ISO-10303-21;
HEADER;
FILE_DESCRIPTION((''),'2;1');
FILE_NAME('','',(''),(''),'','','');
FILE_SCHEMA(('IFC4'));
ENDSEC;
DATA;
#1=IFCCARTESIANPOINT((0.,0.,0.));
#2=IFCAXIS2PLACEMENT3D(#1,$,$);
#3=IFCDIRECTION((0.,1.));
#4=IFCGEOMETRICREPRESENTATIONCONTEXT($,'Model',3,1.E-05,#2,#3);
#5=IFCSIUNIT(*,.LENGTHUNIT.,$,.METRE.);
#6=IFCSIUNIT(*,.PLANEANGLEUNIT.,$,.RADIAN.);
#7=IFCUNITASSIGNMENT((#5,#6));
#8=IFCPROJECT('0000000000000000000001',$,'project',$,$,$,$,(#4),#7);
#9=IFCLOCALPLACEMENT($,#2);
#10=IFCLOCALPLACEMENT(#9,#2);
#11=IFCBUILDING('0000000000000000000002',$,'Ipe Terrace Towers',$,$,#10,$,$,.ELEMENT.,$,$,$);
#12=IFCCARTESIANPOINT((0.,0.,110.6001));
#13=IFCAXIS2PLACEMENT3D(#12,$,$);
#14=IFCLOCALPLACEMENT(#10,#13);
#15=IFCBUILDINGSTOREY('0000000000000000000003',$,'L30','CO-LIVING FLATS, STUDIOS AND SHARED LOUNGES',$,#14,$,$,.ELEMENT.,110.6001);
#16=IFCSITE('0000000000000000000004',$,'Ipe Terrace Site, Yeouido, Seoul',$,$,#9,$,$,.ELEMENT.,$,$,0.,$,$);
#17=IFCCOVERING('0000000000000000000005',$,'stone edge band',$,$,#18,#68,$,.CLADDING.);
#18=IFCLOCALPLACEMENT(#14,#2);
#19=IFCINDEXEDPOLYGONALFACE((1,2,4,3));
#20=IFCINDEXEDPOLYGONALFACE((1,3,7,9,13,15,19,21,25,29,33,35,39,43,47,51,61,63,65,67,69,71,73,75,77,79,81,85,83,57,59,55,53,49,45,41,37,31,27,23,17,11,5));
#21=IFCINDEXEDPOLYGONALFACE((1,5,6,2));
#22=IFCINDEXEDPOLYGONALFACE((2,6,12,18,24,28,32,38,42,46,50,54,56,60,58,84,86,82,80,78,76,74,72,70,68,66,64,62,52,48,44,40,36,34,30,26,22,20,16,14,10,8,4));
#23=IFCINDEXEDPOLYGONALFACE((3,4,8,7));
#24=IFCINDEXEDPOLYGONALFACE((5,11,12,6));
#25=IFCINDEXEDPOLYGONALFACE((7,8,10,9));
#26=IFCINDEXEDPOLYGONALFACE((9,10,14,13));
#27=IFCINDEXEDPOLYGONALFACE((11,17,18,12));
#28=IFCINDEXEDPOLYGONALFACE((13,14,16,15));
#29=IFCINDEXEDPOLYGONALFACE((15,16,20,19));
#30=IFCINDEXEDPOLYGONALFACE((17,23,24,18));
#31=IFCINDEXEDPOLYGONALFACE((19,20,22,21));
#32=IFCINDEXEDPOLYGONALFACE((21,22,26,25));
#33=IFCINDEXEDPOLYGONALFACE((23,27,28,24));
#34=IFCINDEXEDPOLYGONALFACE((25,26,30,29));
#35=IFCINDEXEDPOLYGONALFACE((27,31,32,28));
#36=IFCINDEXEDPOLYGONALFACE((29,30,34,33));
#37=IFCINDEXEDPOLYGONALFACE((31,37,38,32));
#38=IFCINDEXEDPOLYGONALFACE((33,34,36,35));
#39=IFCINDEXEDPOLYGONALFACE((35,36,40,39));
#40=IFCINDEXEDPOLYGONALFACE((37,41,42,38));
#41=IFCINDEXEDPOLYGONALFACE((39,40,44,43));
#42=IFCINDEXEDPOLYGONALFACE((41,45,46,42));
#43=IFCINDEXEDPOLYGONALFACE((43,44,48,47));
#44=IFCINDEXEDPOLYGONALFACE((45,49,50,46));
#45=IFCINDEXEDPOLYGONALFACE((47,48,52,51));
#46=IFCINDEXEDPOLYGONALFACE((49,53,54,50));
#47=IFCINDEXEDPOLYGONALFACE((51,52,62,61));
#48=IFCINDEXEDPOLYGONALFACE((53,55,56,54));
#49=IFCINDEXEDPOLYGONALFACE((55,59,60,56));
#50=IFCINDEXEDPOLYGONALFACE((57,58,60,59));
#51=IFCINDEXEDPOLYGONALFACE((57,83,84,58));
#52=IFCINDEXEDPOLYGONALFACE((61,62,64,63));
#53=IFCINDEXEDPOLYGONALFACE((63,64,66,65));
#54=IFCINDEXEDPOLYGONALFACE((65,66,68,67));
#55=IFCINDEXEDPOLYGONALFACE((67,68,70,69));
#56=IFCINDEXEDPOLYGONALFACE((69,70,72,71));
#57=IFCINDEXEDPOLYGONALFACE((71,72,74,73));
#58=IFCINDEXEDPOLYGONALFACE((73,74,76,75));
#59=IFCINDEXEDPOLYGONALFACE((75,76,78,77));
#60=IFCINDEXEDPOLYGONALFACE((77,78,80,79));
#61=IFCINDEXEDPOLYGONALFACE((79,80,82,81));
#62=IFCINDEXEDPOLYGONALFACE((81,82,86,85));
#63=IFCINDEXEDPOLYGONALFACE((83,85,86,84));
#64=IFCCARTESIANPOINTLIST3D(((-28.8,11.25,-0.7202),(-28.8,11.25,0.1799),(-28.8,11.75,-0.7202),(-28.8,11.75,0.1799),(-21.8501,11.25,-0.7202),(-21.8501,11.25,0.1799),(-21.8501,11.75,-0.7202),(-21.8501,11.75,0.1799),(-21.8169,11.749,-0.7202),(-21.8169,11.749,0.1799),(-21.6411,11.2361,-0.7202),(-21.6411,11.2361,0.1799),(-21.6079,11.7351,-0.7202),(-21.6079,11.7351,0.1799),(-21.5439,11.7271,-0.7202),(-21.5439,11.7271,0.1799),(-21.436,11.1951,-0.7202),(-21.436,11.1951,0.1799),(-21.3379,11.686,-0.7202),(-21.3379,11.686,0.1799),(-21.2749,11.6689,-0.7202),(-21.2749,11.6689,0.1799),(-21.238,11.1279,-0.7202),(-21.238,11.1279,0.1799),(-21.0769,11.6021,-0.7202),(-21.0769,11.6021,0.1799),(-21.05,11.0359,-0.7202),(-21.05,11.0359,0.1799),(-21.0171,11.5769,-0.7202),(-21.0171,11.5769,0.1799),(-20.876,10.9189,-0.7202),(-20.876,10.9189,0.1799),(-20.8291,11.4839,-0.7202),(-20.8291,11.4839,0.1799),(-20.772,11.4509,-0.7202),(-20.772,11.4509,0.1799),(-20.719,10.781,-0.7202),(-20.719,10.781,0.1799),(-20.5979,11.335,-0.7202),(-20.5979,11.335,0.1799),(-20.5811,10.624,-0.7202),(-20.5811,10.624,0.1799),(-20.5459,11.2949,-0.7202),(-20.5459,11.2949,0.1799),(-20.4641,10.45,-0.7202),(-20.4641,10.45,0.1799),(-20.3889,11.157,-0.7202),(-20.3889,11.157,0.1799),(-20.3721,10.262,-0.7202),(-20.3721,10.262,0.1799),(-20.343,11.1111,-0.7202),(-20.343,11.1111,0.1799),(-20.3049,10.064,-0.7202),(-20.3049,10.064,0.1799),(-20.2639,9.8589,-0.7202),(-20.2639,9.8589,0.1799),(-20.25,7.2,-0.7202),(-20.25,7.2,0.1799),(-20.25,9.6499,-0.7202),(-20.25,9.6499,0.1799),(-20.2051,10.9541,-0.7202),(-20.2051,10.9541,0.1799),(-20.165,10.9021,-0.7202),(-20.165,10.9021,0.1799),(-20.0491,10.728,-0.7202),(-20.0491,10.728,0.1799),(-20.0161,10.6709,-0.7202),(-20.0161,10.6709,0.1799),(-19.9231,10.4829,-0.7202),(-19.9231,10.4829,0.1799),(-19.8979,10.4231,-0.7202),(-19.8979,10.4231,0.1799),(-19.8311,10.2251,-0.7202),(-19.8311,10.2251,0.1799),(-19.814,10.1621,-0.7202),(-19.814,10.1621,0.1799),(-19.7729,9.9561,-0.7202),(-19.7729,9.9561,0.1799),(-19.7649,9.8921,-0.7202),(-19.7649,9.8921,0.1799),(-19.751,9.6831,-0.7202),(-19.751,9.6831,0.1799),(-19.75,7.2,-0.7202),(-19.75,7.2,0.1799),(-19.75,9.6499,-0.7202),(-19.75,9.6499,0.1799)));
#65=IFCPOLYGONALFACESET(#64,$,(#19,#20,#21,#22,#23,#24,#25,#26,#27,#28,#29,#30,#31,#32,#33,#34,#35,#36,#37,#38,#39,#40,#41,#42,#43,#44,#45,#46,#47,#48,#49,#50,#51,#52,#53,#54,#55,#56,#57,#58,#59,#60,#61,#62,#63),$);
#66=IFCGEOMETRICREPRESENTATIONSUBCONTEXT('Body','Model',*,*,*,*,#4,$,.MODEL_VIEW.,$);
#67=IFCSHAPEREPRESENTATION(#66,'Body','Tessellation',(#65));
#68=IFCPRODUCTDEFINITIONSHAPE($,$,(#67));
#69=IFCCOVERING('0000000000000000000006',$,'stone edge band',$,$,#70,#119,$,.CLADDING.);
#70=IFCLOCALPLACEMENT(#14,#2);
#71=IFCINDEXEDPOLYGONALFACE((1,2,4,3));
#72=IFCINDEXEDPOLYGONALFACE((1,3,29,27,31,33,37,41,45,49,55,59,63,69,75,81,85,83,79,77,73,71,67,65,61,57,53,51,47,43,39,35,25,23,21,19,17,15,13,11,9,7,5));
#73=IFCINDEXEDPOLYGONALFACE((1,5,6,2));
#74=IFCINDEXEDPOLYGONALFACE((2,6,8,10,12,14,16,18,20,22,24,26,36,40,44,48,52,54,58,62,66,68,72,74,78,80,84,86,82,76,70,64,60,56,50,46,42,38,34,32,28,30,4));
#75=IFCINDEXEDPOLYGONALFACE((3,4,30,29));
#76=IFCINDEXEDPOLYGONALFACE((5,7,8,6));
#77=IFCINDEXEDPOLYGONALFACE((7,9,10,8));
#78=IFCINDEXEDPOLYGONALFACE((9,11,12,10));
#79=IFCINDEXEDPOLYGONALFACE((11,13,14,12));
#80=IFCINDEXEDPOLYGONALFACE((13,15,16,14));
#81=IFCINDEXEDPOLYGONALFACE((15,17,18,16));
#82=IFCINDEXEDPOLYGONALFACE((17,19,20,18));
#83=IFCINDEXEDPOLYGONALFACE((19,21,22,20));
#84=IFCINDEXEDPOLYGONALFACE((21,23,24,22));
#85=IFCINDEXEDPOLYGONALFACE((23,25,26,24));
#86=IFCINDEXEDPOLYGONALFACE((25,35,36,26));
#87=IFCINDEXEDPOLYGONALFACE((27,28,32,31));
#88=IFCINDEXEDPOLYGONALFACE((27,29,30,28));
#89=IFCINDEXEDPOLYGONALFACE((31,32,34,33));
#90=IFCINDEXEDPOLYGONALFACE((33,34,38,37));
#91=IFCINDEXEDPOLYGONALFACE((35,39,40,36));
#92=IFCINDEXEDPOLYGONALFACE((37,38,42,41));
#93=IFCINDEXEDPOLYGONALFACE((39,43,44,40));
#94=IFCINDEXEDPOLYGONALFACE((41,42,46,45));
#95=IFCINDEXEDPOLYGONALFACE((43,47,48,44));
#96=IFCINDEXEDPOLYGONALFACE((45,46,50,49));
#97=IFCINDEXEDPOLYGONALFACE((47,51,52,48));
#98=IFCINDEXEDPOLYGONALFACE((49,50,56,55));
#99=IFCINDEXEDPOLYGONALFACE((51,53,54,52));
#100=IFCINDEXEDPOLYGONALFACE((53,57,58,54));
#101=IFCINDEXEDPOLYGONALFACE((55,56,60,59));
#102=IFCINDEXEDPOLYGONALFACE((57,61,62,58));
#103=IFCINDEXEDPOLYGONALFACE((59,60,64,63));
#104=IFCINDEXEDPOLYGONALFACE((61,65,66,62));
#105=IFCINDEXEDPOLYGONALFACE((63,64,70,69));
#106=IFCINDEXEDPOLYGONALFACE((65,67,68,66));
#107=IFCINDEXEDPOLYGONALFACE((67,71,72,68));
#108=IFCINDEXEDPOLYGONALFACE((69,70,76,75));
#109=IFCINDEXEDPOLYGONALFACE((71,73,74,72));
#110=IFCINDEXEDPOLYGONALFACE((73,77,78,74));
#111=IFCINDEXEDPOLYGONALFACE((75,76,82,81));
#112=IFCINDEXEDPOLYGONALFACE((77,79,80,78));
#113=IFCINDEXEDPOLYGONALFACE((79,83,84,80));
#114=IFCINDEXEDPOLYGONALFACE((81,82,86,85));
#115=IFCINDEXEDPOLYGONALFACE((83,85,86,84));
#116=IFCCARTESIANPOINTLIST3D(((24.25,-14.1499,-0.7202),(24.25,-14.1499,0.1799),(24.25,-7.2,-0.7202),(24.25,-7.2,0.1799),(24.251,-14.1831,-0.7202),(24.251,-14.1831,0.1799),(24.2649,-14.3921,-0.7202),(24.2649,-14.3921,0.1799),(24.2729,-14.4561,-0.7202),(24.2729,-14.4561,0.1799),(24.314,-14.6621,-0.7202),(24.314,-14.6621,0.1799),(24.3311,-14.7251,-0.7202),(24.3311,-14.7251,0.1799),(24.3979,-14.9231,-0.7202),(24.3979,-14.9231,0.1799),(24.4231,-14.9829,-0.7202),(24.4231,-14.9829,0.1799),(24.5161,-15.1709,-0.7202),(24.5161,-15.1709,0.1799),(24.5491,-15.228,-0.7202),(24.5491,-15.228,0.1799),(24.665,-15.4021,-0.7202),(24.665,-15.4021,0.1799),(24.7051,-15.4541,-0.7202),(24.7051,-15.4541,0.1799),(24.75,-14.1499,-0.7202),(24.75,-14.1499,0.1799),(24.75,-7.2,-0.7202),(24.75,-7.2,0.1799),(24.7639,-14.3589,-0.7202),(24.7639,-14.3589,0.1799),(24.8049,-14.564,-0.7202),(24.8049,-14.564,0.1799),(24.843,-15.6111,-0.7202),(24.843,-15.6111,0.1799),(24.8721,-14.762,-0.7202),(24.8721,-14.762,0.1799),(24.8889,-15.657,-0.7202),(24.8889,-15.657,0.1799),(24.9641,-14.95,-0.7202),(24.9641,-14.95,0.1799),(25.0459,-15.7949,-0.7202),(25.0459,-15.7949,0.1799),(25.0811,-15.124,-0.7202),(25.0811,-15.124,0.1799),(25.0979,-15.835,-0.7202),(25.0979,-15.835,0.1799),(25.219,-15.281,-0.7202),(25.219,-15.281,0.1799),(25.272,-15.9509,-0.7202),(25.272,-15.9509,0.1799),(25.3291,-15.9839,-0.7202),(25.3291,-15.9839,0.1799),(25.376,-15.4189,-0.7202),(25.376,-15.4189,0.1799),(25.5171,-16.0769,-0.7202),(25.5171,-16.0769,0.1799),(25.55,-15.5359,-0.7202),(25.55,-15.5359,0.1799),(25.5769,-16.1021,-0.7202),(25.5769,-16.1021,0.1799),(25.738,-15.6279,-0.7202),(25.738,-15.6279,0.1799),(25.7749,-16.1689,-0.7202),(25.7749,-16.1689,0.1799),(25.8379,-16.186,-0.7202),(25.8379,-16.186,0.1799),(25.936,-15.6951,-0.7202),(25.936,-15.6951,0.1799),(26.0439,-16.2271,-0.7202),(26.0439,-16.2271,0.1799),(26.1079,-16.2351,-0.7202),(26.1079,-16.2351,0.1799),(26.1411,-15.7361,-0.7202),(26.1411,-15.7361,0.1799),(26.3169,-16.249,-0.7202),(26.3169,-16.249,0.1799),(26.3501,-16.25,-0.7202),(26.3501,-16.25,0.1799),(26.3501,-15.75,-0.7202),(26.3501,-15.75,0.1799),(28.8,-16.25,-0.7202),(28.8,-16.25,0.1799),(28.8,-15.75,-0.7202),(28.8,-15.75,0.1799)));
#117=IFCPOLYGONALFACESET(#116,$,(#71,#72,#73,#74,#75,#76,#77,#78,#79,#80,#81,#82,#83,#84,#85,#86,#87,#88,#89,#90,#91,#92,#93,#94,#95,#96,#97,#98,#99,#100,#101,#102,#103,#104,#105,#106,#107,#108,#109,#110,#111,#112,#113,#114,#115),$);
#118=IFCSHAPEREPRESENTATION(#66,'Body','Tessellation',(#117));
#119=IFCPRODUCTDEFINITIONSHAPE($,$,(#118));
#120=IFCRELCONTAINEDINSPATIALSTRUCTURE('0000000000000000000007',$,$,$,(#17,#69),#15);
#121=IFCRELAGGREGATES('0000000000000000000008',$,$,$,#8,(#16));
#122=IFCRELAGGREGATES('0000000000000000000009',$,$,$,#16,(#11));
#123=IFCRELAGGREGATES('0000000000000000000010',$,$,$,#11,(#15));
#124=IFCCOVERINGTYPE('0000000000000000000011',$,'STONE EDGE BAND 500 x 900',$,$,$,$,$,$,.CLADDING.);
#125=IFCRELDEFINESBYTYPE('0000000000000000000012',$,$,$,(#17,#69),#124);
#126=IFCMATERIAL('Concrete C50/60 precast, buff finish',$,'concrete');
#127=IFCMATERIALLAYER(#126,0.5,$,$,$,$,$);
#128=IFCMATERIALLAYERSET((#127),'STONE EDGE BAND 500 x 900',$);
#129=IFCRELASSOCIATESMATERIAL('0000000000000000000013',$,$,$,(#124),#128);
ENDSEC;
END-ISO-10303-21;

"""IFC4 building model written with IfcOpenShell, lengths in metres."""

from ifc_helpers import new_model, si_unit, direction, frame, origin, place, context, subcontext, project, spatial, polyline, outline, extrude, material, layer, layer_set, type_object, element, save


model = new_model("IFC4")

# Units and contexts
model_context = context("Model", 3, precision=1e-05, world=origin(), true_north=direction((0.0, 1.0)))
body_context = subcontext(model_context, "Body", "Model", "MODEL_VIEW")
ifc_project = project(units=[si_unit("LENGTHUNIT", "METRE"), si_unit("PLANEANGLEUNIT", "RADIAN")], contexts=[model_context])

# Site, building, storey
site_placement = place(None, origin())
site = spatial("IfcSite", under=ifc_project, at=site_placement, Name="Ipe Terrace Site, Yeouido, Seoul", CompositionType="ELEMENT", RefElevation=0.0)
building_placement = place(site_placement, origin())
building = spatial("IfcBuilding", under=site, at=building_placement, Name="Ipe Terrace Towers", CompositionType="ELEMENT")
storey_placement = place(building_placement, frame((0.0, 0.0, 110.6001)))
storey = spatial("IfcBuildingStorey", under=building, at=storey_placement, Name="L30", Description="CO-LIVING FLATS, STUDIOS AND SHARED LOUNGES", CompositionType="ELEMENT", Elevation=110.6001)

# Coverings
ifc_material_1 = material(Name="Concrete C50/60 precast, buff finish", Category="concrete")
ifc_layer_1 = layer(ifc_material_1, 0.5)
ifc_layer_set_1 = layer_set([ifc_layer_1], Name="STONE EDGE BAND 500 x 900")
covering_type = type_object("IfcCoveringType", Name="STONE EDGE BAND 500 x 900", PredefinedType="CLADDING", material=ifc_layer_set_1)
covering_1_placement = place(storey_placement, frame((0.0, 0.0, -0.7202)))
element("IfcCovering", 1, at=covering_1_placement, inside=storey, type_object=covering_type, Name="stone edge band", PredefinedType="CLADDING", context=body_context, shape_type="SweptSolid", body=[
    extrude(outline(polyline([(-21.8501, 11.75), (-28.8, 11.75), (-28.8, 11.25), (-21.8501, 11.25), (-21.6411, 11.2361), (-21.436, 11.1951), (-21.238, 11.1279), (-21.05, 11.0359), (-20.876, 10.9189), (-20.719, 10.781), (-20.5811, 10.624), (-20.4641, 10.45), (-20.3721, 10.262), (-20.3049, 10.064), (-20.2639, 9.8589), (-20.25, 9.6499), (-20.25, 7.2), (-19.75, 7.2), (-19.75, 9.6499), (-19.751, 9.6831), (-19.7649, 9.8921), (-19.7729, 9.9561), (-19.814, 10.1621), (-19.8311, 10.2251), (-19.8979, 10.4231), (-19.9231, 10.4829), (-20.0161, 10.6709), (-20.0491, 10.728), (-20.165, 10.9021), (-20.2051, 10.9541), (-20.343, 11.1111), (-20.3889, 11.157), (-20.5459, 11.2949), (-20.5979, 11.335), (-20.772, 11.4509), (-20.8291, 11.4839), (-21.0171, 11.5769), (-21.0769, 11.6021), (-21.2749, 11.6689), (-21.3379, 11.686), (-21.5439, 11.7271), (-21.6079, 11.7351), (-21.8169, 11.749), (-21.8501, 11.75)])), origin(), (0.0, 0.0, 1.0), 0.9001),
])
covering_2_placement = place(storey_placement, frame((0.0, 0.0, -0.7202)))
element("IfcCovering", 2, at=covering_2_placement, inside=storey, type_object=covering_type, Name="stone edge band", PredefinedType="CLADDING", context=body_context, shape_type="SweptSolid", body=[
    extrude(outline(polyline([(24.25, -14.1499), (24.251, -14.1831), (24.2649, -14.3921), (24.2729, -14.4561), (24.314, -14.6621), (24.3311, -14.7251), (24.3979, -14.9231), (24.4231, -14.9829), (24.5161, -15.1709), (24.5491, -15.228), (24.665, -15.4021), (24.7051, -15.4541), (24.843, -15.6111), (24.8889, -15.657), (25.0459, -15.7949), (25.0979, -15.835), (25.272, -15.9509), (25.3291, -15.9839), (25.5171, -16.0769), (25.5769, -16.1021), (25.7749, -16.1689), (25.8379, -16.186), (26.0439, -16.2271), (26.1079, -16.2351), (26.3169, -16.249), (26.3501, -16.25), (28.8, -16.25), (28.8, -15.75), (26.3501, -15.75), (26.1411, -15.7361), (25.936, -15.6951), (25.738, -15.6279), (25.55, -15.5359), (25.376, -15.4189), (25.219, -15.281), (25.0811, -15.124), (24.9641, -14.95), (24.8721, -14.762), (24.8049, -14.564), (24.7639, -14.3589), (24.75, -14.1499), (24.75, -7.2), (24.25, -7.2), (24.25, -14.1499)])), origin(), (0.0, 0.0, 1.0), 0.9001),
])

save(model, "model.ifc")
